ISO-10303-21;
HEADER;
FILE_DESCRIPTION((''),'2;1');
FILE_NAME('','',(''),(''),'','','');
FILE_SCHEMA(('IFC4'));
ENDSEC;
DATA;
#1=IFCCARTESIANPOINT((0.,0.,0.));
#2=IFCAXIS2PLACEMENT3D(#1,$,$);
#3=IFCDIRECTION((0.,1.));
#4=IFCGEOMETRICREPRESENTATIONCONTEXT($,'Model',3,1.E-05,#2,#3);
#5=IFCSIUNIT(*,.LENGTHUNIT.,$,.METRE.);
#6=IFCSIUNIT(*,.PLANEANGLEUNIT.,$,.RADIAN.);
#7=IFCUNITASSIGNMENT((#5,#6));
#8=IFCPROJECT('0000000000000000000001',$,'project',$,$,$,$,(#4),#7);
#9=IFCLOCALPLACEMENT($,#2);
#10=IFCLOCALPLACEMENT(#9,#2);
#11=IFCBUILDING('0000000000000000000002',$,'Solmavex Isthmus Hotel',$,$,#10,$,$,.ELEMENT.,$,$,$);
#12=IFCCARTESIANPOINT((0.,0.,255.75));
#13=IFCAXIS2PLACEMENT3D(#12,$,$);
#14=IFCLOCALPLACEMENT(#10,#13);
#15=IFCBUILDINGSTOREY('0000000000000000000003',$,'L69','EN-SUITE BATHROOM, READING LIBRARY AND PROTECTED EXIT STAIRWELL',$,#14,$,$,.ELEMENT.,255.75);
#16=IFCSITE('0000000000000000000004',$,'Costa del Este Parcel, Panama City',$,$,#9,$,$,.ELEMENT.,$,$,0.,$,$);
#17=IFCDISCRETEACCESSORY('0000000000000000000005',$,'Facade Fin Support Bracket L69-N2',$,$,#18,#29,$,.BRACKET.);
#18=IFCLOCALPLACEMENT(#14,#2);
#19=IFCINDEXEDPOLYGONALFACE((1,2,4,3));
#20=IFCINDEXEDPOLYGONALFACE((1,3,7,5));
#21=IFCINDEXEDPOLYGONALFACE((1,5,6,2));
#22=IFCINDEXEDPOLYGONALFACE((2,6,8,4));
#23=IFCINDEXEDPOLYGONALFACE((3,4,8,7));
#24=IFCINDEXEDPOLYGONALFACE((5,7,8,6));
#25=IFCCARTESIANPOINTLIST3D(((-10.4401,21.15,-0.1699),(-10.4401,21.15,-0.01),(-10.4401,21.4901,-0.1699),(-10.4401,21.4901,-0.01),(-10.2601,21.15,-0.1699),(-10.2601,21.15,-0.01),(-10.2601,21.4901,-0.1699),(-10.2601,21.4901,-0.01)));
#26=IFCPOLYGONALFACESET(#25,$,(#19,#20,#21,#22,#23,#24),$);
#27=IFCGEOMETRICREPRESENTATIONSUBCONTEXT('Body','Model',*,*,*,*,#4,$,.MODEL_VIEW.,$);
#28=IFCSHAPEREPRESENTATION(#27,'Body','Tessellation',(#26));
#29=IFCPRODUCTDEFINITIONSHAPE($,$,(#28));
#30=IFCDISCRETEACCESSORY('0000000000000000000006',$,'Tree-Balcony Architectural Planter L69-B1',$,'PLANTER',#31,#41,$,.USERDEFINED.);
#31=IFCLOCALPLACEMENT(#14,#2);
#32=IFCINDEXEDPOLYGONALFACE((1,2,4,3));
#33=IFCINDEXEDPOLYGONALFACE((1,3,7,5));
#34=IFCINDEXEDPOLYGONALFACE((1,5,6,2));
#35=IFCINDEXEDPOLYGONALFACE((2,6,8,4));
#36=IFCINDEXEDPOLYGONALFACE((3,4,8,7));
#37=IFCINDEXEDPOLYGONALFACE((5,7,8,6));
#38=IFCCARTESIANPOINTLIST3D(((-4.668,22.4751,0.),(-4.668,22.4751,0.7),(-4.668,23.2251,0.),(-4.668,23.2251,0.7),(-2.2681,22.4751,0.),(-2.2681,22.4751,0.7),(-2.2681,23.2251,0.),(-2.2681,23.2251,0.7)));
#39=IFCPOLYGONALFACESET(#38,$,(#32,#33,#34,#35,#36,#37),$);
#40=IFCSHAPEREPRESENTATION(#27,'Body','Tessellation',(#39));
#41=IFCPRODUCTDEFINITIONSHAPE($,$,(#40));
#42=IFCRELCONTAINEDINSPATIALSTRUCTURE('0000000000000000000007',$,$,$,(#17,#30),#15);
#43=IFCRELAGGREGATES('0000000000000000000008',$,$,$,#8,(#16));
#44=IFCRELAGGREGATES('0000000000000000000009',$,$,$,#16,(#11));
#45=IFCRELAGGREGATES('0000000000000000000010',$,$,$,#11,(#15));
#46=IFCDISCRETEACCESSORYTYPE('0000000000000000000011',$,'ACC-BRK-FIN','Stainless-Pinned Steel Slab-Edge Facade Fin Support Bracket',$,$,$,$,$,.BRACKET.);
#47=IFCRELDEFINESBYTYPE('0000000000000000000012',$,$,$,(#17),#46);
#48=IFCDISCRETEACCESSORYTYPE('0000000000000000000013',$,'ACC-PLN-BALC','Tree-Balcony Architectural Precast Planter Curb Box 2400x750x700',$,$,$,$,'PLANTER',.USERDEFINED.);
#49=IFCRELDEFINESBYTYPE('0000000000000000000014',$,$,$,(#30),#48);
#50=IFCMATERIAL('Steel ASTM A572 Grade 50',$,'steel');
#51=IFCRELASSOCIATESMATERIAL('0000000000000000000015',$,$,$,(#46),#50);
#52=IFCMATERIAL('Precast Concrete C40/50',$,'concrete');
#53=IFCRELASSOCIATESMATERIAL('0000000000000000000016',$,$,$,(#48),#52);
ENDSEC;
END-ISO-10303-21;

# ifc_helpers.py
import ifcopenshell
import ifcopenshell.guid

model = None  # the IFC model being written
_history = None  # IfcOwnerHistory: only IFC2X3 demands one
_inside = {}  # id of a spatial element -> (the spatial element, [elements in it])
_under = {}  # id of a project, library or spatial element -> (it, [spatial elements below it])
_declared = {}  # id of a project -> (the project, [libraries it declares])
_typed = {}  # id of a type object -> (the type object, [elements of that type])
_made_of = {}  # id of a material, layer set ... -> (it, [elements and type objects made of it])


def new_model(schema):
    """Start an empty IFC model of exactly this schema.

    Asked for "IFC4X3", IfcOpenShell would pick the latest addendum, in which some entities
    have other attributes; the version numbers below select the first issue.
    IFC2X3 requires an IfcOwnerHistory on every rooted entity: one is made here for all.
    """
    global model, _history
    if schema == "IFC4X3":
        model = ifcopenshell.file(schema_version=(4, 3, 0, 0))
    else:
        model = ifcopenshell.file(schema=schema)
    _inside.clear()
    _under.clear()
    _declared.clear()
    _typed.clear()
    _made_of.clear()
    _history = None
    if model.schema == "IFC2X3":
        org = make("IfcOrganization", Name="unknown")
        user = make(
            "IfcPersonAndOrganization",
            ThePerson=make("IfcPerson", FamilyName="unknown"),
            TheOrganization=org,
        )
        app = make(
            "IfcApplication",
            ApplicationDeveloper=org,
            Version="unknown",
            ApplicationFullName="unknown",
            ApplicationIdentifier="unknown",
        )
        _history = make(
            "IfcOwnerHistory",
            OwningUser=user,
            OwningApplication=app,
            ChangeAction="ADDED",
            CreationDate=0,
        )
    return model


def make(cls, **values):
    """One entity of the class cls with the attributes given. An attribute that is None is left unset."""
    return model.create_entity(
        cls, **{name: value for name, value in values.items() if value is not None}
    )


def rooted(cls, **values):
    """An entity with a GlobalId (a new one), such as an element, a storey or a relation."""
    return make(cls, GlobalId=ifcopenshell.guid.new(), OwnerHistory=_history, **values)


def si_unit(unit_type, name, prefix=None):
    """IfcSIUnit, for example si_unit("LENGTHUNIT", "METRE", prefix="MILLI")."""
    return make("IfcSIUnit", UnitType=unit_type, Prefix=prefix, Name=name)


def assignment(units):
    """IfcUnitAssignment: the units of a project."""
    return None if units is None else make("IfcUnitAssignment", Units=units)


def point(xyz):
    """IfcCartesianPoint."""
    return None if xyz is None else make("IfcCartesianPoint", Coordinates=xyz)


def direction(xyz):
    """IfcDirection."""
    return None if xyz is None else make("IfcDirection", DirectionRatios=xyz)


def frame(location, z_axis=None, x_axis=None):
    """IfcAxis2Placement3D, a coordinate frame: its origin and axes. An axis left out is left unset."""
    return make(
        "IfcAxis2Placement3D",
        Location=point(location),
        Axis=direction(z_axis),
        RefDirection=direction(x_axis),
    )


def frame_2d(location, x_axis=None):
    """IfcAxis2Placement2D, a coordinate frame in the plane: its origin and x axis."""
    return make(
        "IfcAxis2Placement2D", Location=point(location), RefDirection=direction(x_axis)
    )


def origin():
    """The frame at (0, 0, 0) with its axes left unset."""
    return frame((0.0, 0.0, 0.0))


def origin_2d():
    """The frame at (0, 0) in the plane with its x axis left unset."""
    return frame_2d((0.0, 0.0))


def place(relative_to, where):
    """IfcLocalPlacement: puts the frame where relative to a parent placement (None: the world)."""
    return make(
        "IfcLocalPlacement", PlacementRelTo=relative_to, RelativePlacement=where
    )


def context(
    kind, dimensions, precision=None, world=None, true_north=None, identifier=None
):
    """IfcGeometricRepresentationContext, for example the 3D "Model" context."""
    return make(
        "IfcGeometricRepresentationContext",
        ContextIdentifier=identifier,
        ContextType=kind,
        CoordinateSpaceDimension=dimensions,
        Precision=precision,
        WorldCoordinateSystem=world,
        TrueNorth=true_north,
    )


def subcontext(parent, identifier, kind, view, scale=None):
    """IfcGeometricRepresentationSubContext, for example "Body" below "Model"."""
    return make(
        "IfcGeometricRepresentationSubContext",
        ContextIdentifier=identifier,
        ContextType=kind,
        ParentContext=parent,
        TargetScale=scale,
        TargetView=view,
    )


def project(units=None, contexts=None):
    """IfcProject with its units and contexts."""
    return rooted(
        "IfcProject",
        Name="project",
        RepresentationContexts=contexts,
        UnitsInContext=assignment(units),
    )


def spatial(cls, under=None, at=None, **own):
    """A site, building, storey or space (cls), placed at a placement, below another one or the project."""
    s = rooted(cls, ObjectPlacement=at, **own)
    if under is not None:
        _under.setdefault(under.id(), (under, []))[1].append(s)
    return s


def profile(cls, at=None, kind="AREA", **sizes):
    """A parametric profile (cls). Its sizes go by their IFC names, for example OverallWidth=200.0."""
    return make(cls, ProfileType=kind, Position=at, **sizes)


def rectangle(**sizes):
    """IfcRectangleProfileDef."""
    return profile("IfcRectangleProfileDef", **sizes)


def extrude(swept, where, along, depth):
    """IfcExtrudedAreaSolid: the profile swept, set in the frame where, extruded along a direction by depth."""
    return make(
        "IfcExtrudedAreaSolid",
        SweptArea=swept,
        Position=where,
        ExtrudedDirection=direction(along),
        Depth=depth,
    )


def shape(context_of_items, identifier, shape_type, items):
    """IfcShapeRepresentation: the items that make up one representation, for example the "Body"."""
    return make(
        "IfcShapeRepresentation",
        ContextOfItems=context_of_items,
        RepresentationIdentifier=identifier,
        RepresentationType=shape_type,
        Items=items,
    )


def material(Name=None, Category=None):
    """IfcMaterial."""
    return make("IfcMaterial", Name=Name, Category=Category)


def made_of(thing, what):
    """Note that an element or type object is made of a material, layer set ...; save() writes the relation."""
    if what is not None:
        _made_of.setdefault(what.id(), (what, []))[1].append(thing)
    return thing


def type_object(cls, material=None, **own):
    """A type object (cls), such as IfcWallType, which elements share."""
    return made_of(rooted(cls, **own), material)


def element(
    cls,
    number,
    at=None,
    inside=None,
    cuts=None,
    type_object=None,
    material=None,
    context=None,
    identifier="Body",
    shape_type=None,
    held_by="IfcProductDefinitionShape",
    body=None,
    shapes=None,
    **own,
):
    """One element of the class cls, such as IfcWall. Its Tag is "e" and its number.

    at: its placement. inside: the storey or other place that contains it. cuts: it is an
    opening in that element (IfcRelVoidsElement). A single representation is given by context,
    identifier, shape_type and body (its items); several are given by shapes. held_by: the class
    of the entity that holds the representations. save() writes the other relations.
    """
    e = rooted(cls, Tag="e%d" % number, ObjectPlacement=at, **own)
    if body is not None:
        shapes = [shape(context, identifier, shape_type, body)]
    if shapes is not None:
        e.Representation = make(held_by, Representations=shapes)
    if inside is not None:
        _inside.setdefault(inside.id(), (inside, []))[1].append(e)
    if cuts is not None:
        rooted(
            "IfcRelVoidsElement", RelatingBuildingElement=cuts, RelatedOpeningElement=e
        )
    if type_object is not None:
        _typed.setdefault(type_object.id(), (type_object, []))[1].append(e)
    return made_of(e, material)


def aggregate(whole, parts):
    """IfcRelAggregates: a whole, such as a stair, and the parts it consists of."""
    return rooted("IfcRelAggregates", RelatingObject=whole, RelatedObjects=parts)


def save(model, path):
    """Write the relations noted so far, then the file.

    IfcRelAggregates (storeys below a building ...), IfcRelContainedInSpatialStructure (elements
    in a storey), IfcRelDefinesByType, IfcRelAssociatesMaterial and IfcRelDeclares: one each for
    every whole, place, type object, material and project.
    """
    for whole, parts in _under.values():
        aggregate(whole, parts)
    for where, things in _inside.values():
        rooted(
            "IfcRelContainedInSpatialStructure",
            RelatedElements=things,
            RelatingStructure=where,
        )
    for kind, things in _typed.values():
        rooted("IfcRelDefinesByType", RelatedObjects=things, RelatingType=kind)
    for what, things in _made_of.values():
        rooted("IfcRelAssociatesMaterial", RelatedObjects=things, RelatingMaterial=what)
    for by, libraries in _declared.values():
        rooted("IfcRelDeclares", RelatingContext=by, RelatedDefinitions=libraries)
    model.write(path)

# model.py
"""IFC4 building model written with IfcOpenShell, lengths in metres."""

from ifc_helpers import new_model, si_unit, direction, frame, origin, origin_2d, place, context, subcontext, project, spatial, rectangle, extrude, material, type_object, element, save


model = new_model("IFC4")

# Units and contexts
model_context = context("Model", 3, precision=1e-05, world=origin(), true_north=direction((0.0, 1.0)))
body_context = subcontext(model_context, "Body", "Model", "MODEL_VIEW")
ifc_project = project(units=[si_unit("LENGTHUNIT", "METRE"), si_unit("PLANEANGLEUNIT", "RADIAN")], contexts=[model_context])

# Site, building, storey
site_placement = place(None, origin())
site = spatial("IfcSite", under=ifc_project, at=site_placement, Name="Costa del Este Parcel, Panama City", CompositionType="ELEMENT", RefElevation=0.0)
building_placement = place(site_placement, origin())
building = spatial("IfcBuilding", under=site, at=building_placement, Name="Solmavex Isthmus Hotel", CompositionType="ELEMENT")
storey_placement = place(building_placement, frame((0.0, 0.0, 255.75)))
storey = spatial("IfcBuildingStorey", under=building, at=storey_placement, Name="L69", Description="EN-SUITE BATHROOM, READING LIBRARY AND PROTECTED EXIT STAIRWELL", CompositionType="ELEMENT", Elevation=255.75)

# Shared definitions
ifc_material_1 = material(Name="Precast Concrete C40/50", Category="concrete")

# Discrete accessories
ifc_material_2 = material(Name="Steel ASTM A572 Grade 50", Category="steel")
discrete_accessory_type_1 = type_object("IfcDiscreteAccessoryType", Name="ACC-BRK-FIN", Description="Stainless-Pinned Steel Slab-Edge Facade Fin Support Bracket", PredefinedType="BRACKET", material=ifc_material_2)
discrete_accessory_1_placement = place(storey_placement, frame((-10.3501, 21.3201, -0.1699), z_axis=(0.0, 0.0, 1.0), x_axis=(0.0, 1.0, 0.0)))
element("IfcDiscreteAccessory", 1, at=discrete_accessory_1_placement, inside=storey, type_object=discrete_accessory_type_1, Name="Facade Fin Support Bracket L69-N2", PredefinedType="BRACKET", context=body_context, shape_type="SweptSolid", body=[
    extrude(rectangle(XDim=0.3401, YDim=0.1799, at=origin_2d()), origin(), (0.0, 0.0, 1.0), 0.1599),
])
discrete_accessory_type_2 = type_object("IfcDiscreteAccessoryType", Name="ACC-PLN-BALC", Description="Tree-Balcony Architectural Precast Planter Curb Box 2400x750x700", ElementType="PLANTER", PredefinedType="USERDEFINED", material=ifc_material_1)
discrete_accessory_2_placement = place(storey_placement, frame((-3.468, 22.8501, 0.0), z_axis=(0.0, 0.0, 1.0), x_axis=(1.0, 0.0, 0.0)))
element("IfcDiscreteAccessory", 2, at=discrete_accessory_2_placement, inside=storey, type_object=discrete_accessory_type_2, Name="Tree-Balcony Architectural Planter L69-B1", ObjectType="PLANTER", PredefinedType="USERDEFINED", context=body_context, shape_type="SweptSolid", body=[
    extrude(rectangle(XDim=2.3999, YDim=0.75, at=origin_2d()), origin(), (0.0, 0.0, 1.0), 0.7),
])

save(model, "model.ifc")
